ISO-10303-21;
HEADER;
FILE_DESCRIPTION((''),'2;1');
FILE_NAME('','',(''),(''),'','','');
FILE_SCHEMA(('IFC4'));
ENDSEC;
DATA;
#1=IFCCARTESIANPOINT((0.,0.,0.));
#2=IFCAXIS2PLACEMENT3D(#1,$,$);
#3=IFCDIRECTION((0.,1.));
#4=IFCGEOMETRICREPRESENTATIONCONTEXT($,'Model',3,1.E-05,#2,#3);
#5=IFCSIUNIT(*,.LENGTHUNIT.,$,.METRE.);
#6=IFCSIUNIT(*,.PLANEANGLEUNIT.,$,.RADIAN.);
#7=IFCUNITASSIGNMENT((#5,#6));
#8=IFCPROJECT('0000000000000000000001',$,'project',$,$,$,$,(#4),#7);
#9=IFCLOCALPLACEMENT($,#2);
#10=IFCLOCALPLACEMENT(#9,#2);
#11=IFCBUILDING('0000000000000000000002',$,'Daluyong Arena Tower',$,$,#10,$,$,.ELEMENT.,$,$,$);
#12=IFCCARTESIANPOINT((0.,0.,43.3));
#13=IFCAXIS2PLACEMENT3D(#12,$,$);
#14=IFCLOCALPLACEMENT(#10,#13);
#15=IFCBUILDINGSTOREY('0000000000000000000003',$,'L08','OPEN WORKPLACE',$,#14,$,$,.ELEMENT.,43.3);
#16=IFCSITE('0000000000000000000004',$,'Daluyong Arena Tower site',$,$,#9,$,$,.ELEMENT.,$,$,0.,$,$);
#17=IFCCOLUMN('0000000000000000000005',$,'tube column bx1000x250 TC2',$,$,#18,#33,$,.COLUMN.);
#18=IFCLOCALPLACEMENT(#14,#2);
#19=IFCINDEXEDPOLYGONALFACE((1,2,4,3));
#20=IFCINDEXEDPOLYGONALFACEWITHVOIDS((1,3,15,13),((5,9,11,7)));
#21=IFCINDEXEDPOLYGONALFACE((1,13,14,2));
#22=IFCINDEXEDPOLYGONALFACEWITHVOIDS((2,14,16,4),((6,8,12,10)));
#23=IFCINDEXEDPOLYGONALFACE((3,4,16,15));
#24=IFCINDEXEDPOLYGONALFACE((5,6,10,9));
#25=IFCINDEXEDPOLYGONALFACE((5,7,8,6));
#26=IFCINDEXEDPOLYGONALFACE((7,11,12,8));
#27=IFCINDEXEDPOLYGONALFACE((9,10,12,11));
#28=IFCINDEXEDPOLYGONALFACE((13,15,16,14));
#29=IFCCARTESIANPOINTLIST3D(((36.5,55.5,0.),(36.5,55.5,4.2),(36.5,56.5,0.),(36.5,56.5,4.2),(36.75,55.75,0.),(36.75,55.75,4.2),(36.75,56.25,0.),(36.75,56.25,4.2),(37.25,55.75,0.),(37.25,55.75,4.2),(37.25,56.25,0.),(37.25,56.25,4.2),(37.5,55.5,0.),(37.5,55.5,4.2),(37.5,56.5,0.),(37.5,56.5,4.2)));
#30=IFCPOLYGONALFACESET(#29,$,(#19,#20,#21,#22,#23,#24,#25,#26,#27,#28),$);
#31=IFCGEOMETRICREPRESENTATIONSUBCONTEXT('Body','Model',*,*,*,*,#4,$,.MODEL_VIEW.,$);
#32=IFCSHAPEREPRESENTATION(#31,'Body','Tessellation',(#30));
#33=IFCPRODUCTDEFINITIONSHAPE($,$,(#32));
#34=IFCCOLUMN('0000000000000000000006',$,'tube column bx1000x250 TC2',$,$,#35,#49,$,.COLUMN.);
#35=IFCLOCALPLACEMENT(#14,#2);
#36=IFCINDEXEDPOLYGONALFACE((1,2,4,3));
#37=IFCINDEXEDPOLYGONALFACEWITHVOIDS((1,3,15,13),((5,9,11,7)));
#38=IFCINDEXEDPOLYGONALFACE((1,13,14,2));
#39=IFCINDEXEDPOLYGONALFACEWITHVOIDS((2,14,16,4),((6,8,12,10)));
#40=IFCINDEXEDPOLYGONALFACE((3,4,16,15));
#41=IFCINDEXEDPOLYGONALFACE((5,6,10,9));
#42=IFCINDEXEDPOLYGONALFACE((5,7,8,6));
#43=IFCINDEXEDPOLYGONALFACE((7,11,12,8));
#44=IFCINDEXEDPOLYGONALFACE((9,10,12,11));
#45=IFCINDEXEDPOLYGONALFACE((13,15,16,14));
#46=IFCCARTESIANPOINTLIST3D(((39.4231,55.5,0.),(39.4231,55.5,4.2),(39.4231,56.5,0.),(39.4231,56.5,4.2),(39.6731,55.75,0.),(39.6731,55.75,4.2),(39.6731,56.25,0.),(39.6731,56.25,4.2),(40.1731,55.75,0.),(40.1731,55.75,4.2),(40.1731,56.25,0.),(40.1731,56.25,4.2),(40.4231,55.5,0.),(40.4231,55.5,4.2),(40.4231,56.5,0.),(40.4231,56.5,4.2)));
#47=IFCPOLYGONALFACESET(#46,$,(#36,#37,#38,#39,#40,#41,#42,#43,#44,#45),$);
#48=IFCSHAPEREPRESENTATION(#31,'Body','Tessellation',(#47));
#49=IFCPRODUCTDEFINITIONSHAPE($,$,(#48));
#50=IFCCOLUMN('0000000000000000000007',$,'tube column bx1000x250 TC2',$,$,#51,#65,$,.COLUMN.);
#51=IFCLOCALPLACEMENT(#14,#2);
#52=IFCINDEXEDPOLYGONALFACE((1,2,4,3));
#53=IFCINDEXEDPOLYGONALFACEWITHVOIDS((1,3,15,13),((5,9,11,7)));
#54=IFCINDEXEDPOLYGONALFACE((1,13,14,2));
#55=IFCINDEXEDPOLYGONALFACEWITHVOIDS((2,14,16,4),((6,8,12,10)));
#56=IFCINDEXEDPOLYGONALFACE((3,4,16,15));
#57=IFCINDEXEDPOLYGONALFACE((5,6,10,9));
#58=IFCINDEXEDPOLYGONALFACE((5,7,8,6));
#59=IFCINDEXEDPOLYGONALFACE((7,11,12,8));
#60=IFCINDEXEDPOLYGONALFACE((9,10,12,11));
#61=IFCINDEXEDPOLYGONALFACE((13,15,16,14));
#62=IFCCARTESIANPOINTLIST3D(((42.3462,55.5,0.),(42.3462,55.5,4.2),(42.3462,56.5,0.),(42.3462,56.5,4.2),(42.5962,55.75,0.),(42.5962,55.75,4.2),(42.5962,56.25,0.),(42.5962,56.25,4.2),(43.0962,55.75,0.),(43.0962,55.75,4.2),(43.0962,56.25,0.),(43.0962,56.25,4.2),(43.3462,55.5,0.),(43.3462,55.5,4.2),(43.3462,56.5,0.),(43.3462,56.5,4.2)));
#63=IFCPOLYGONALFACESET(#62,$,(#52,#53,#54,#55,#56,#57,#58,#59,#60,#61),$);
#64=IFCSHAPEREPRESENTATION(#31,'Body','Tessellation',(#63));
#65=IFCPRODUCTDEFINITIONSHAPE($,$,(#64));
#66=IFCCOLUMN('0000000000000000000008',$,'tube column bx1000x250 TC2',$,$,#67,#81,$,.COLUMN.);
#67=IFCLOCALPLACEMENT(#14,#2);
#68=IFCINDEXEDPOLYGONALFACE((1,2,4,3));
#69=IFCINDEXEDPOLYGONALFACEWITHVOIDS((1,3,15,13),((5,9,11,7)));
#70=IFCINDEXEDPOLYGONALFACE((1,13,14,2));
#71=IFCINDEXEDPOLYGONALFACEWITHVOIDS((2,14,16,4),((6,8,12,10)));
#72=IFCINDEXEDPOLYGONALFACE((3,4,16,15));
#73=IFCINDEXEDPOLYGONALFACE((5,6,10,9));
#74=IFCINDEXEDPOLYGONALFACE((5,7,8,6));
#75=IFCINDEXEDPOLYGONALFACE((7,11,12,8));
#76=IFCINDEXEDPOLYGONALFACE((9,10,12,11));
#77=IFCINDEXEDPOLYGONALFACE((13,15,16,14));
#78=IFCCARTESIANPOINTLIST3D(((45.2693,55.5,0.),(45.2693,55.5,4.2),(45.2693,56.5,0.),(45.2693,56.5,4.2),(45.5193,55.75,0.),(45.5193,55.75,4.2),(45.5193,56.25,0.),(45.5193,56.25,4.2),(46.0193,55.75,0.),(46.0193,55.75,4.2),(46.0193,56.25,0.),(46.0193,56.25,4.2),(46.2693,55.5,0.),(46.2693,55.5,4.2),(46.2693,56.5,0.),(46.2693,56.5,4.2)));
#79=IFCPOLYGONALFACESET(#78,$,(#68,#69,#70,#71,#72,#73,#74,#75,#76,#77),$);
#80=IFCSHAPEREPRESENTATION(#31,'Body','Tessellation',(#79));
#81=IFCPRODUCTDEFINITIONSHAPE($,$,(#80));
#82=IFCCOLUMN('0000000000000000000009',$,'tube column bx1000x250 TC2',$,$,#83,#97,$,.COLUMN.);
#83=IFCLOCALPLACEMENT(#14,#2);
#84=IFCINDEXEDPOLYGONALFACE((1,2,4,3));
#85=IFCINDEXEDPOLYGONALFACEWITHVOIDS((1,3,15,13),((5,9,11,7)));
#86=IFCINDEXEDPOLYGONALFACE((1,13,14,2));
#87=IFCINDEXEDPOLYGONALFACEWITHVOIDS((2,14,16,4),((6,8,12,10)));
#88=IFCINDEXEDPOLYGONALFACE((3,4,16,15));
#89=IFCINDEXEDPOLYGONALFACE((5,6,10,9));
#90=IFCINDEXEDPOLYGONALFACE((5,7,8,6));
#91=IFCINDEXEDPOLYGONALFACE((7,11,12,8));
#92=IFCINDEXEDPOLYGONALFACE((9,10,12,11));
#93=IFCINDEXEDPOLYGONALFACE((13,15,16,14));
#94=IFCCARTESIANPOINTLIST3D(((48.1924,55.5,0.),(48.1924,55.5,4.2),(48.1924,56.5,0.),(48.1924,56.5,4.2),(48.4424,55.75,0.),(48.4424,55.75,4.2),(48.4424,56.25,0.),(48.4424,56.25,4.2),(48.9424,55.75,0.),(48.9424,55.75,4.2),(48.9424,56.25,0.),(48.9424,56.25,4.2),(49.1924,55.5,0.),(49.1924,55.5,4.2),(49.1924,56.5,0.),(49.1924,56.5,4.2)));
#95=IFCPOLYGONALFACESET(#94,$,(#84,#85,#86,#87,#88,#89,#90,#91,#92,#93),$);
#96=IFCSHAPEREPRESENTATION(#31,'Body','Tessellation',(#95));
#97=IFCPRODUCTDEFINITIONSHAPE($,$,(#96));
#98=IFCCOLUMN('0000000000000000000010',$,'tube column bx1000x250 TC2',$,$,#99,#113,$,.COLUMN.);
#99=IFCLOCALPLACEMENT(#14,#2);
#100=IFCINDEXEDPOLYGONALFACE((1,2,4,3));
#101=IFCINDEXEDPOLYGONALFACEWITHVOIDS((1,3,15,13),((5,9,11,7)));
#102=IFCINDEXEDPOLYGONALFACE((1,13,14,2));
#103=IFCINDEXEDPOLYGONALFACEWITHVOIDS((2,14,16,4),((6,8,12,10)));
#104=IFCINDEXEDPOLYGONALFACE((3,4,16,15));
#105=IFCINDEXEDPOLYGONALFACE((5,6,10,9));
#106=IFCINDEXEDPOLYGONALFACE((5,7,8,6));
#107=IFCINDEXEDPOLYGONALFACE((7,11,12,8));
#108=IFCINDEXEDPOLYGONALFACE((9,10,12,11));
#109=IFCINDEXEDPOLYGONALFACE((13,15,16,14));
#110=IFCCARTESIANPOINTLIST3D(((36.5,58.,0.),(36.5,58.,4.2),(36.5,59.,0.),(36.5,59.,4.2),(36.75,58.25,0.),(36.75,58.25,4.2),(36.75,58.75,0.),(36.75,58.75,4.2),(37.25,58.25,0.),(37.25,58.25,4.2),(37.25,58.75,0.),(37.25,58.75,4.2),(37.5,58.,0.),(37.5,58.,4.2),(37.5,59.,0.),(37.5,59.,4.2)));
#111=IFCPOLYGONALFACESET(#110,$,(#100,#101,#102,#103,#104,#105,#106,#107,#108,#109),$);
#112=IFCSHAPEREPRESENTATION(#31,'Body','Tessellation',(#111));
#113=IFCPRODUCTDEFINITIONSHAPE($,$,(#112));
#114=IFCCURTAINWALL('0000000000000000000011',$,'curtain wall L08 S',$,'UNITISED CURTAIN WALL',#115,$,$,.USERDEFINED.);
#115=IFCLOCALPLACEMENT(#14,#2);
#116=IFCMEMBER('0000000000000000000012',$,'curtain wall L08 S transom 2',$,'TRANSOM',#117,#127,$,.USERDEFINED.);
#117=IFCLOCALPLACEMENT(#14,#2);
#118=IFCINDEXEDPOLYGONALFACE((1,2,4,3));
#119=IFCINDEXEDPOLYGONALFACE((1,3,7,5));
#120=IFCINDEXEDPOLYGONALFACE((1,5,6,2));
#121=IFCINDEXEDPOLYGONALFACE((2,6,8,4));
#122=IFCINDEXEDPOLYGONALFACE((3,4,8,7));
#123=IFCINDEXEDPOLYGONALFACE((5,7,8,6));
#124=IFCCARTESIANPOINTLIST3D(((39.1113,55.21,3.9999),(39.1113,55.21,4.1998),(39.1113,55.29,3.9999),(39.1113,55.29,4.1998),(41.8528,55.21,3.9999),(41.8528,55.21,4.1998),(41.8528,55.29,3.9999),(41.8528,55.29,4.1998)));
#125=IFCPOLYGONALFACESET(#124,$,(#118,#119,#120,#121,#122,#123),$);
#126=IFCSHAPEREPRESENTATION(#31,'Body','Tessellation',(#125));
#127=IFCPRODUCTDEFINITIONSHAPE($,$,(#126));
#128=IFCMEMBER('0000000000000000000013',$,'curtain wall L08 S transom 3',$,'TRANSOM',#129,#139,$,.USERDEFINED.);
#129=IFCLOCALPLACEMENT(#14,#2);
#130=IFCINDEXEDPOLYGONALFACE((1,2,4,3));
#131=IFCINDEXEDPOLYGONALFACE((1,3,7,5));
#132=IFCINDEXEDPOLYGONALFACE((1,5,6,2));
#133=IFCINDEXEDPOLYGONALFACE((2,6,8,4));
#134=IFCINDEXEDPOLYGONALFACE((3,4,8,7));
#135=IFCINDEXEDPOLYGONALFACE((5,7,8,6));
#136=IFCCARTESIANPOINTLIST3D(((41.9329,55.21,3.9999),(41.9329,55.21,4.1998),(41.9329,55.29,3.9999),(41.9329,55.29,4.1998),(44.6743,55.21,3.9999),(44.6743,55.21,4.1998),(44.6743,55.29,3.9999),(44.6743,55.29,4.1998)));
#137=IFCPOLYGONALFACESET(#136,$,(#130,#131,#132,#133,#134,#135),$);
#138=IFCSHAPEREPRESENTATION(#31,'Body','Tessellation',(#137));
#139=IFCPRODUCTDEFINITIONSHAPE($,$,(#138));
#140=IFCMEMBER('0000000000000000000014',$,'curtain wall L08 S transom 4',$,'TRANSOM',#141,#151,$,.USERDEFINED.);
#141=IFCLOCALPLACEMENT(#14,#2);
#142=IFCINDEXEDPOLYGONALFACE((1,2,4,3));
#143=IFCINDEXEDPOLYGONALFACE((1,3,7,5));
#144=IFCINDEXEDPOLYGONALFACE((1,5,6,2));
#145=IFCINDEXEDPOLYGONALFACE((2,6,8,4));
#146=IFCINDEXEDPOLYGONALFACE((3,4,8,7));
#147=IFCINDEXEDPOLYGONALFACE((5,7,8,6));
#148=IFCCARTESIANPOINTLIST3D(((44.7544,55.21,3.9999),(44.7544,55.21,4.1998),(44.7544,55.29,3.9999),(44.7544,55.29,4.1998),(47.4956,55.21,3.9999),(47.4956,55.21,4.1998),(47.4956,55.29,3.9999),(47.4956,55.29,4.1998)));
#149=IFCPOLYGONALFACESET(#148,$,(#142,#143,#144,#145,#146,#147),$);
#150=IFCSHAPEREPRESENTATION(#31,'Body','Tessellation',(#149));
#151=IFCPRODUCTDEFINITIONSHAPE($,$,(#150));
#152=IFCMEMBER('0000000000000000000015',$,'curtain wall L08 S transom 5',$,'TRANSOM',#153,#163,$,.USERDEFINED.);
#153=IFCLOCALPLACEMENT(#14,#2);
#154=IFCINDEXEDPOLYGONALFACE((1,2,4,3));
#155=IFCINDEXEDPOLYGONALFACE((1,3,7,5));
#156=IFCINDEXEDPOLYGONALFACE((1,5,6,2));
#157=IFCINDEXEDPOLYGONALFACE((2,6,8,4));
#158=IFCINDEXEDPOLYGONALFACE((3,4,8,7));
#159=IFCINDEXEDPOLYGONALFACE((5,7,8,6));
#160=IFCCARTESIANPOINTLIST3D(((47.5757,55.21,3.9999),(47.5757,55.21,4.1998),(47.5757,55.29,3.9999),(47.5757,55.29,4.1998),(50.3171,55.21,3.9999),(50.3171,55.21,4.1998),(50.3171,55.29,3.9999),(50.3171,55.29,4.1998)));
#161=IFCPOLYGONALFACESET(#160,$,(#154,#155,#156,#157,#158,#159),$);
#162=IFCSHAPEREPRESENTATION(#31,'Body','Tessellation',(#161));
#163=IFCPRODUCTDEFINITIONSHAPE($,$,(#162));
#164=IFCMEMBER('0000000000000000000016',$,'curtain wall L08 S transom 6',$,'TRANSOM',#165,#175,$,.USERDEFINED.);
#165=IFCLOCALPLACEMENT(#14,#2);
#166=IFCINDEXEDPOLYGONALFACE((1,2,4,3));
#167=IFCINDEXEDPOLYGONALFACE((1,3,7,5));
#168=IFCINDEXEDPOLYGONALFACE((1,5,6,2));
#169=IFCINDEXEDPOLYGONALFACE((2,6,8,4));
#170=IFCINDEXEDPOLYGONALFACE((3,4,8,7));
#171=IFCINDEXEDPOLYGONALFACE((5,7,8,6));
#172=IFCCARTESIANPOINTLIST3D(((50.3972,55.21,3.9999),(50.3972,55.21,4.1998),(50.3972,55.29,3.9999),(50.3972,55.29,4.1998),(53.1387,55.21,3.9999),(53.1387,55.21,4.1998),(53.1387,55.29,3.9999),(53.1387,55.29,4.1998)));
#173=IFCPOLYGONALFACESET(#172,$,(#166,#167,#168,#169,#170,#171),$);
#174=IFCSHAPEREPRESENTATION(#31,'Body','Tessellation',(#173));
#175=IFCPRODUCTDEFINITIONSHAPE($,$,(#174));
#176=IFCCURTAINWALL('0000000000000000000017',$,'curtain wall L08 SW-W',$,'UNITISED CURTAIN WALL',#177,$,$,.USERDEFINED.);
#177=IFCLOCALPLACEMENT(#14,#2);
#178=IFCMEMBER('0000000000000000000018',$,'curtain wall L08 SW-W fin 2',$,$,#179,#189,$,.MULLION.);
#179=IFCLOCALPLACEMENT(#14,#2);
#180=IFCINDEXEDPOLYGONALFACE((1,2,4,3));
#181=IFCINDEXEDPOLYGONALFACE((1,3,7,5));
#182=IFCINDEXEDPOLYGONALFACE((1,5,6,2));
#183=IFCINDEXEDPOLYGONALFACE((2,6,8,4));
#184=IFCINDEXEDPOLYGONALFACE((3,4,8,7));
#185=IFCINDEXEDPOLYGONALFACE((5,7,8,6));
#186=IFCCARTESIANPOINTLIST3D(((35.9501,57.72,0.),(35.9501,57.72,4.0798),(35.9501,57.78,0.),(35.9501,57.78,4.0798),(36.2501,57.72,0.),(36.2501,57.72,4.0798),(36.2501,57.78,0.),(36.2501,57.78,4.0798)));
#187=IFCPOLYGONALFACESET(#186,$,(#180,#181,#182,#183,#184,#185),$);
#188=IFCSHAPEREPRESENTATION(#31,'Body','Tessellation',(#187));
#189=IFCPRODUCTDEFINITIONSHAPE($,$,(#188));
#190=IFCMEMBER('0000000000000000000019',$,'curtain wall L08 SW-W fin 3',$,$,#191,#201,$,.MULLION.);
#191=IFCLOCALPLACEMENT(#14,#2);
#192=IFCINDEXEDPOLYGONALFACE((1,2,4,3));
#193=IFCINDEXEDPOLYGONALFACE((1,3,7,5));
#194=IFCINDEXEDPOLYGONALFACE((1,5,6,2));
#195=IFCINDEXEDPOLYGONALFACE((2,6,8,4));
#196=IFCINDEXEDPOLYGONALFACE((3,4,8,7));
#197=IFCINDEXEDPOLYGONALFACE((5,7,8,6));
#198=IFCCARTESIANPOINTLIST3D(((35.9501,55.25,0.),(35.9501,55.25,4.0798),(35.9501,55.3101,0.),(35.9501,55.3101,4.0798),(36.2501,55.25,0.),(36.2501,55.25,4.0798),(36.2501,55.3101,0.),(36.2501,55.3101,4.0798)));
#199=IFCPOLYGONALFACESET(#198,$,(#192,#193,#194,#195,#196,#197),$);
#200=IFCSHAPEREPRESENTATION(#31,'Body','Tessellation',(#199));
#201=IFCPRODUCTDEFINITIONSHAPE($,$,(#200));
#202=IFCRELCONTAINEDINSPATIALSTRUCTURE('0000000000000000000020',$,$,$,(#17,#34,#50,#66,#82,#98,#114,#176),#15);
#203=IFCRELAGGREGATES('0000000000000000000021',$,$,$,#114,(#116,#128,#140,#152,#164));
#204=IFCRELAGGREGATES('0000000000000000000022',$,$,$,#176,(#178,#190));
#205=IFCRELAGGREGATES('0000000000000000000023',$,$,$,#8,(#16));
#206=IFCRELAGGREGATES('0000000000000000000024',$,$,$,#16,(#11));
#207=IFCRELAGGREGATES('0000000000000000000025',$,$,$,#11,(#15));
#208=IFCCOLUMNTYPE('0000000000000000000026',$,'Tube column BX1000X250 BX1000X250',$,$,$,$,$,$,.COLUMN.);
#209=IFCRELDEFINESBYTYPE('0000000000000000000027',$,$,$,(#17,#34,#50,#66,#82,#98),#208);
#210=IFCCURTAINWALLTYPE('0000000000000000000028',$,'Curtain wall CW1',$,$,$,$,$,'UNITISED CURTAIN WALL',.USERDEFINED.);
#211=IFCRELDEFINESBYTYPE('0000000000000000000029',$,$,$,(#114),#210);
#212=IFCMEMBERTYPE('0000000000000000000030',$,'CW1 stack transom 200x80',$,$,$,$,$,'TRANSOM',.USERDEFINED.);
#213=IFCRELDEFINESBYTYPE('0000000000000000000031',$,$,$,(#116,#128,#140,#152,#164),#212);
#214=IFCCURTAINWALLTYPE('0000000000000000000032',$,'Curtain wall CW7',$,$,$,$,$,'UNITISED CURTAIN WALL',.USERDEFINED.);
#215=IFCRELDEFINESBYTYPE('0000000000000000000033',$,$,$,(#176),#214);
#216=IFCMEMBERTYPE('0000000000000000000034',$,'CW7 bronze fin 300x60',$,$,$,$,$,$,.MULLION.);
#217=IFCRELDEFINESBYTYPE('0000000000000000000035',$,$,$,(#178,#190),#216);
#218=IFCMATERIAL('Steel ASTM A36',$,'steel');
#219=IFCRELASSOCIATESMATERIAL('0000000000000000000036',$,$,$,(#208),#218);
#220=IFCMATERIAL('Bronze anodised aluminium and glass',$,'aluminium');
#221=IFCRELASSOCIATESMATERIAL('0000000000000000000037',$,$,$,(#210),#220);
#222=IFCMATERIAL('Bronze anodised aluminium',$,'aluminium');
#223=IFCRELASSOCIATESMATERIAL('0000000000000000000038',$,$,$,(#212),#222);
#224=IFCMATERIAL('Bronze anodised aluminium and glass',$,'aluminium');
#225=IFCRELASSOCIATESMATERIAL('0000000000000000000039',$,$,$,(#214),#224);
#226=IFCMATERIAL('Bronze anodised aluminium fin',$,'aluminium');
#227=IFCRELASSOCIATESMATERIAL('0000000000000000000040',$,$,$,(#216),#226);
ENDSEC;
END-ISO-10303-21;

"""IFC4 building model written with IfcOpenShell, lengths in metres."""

from ifc_helpers import new_model, si_unit, direction, frame, origin, origin_2d, place, context, subcontext, project, spatial, rectangle, hollow_rectangle, extrude, material, material_profile, profile_set, type_object, element, aggregate, save


model = new_model("IFC4")

# Units and contexts
model_context = context("Model", 3, precision=1e-05, world=origin(), true_north=direction((0.0, 1.0)))
body_context = subcontext(model_context, "Body", "Model", "MODEL_VIEW")
ifc_project = project(units=[si_unit("LENGTHUNIT", "METRE"), si_unit("PLANEANGLEUNIT", "RADIAN")], contexts=[model_context])

# Site, building, storey
site_placement = place(None, origin())
site = spatial("IfcSite", under=ifc_project, at=site_placement, Name="Daluyong Arena Tower site", CompositionType="ELEMENT", RefElevation=0.0)
building_placement = place(site_placement, origin())
building = spatial("IfcBuilding", under=site, at=building_placement, Name="Daluyong Arena Tower", CompositionType="ELEMENT")
storey_placement = place(building_placement, frame((0.0, 0.0, 43.3)))
storey = spatial("IfcBuildingStorey", under=building, at=storey_placement, Name="L08", Description="OPEN WORKPLACE", CompositionType="ELEMENT", Elevation=43.3)

# Columns
ifc_material_1 = material(Name="Steel ASTM A36", Category="steel")
ifc_material_profile_1 = material_profile(ifc_material_1, hollow_rectangle(XDim=1.0, YDim=1.0, WallThickness=0.25, at=origin_2d()))
ifc_profile_set_1 = profile_set([ifc_material_profile_1], Name="Steel ASTM A36")
column_type = type_object("IfcColumnType", Name="Tube column BX1000X250 BX1000X250", PredefinedType="COLUMN", material=ifc_profile_set_1)
for number, where, z_axis, x_axis, name in (
    (1, (37.0, 56.0, 0.0), (0.0, 0.0, 1.0), (1.0, 0.0, 0.0), "tube column bx1000x250 TC2"),
    (2, (39.9231, 56.0, 0.0), (0.0, 0.0, 1.0), (1.0, 0.0, 0.0), "tube column bx1000x250 TC2"),
    (3, (42.8462, 56.0, 0.0), (0.0, 0.0, 1.0), (1.0, 0.0, 0.0), "tube column bx1000x250 TC2"),
    (4, (45.7693, 56.0, 0.0), (0.0, 0.0, 1.0), (1.0, 0.0, 0.0), "tube column bx1000x250 TC2"),
    (5, (48.6924, 56.0, 0.0), (0.0, 0.0, 1.0), (1.0, 0.0, 0.0), "tube column bx1000x250 TC2"),
    (6, (37.0, 58.5, 0.0), (0.0, 0.0, 1.0), (0.0, 1.0, 0.0), "tube column bx1000x250 TC2"),
):
    element("IfcColumn", number, at=place(storey_placement, frame(where, z_axis=z_axis, x_axis=x_axis)), inside=storey, type_object=column_type, Name=name, PredefinedType="COLUMN", context=body_context, shape_type="SweptSolid", body=[
        extrude(hollow_rectangle(XDim=1.0, YDim=1.0, WallThickness=0.25, at=origin_2d()), origin(), (0.0, 0.0, 1.0), 4.2),
    ])

# Curtain walls, members
ifc_material_2 = material(Name="Bronze anodised aluminium and glass", Category="aluminium")
curtain_wall_type_1 = type_object("IfcCurtainWallType", Name="Curtain wall CW1", ElementType="UNITISED CURTAIN WALL", PredefinedType="USERDEFINED", material=ifc_material_2)
curtain_wall_1_placement = place(storey_placement, origin())
curtain_wall_1 = element("IfcCurtainWall", 7, at=curtain_wall_1_placement, inside=storey, type_object=curtain_wall_type_1, Name="curtain wall L08 S", ObjectType="UNITISED CURTAIN WALL", PredefinedType="USERDEFINED")
ifc_material_3 = material(Name="Bronze anodised aluminium", Category="aluminium")
ifc_material_profile_2 = material_profile(ifc_material_3, rectangle(XDim=0.0801, YDim=0.2, at=origin_2d()))
ifc_profile_set_2 = profile_set([ifc_material_profile_2], Name="Bronze anodised aluminium")
member_type_1 = type_object("IfcMemberType", Name="CW1 stack transom 200x80", ElementType="TRANSOM", PredefinedType="USERDEFINED", material=ifc_profile_set_2)
member_1_placement = place(storey_placement, frame((39.1113, 55.25, 4.0999), z_axis=(1.0, 0.0, 0.0), x_axis=(0.0, 1.0, 0.0)))
member_1 = element("IfcMember", 8, at=member_1_placement, type_object=member_type_1, Name="curtain wall L08 S transom 2", ObjectType="TRANSOM", PredefinedType="USERDEFINED", context=body_context, shape_type="SweptSolid", body=[
    extrude(rectangle(XDim=0.0801, YDim=0.2, at=origin_2d()), origin(), (0.0, 0.0, 1.0), 2.7415),
])
member_2_placement = place(storey_placement, frame((41.9329, 55.25, 4.0999), z_axis=(1.0, 0.0, 0.0), x_axis=(0.0, 1.0, 0.0)))
member_2 = element("IfcMember", 9, at=member_2_placement, type_object=member_type_1, Name="curtain wall L08 S transom 3", ObjectType="TRANSOM", PredefinedType="USERDEFINED", context=body_context, shape_type="SweptSolid", body=[
    extrude(rectangle(XDim=0.0801, YDim=0.2, at=origin_2d()), origin(), (0.0, 0.0, 1.0), 2.7415),
])
member_3_placement = place(storey_placement, frame((44.7544, 55.25, 4.0999), z_axis=(1.0, 0.0, 0.0), x_axis=(0.0, 1.0, 0.0)))
member_3 = element("IfcMember", 10, at=member_3_placement, type_object=member_type_1, Name="curtain wall L08 S transom 4", ObjectType="TRANSOM", PredefinedType="USERDEFINED", context=body_context, shape_type="SweptSolid", body=[
    extrude(rectangle(XDim=0.0801, YDim=0.2, at=origin_2d()), origin(), (0.0, 0.0, 1.0), 2.7412),
])
member_4_placement = place(storey_placement, frame((47.5757, 55.25, 4.0999), z_axis=(1.0, 0.0, 0.0), x_axis=(0.0, 1.0, 0.0)))
member_4 = element("IfcMember", 11, at=member_4_placement, type_object=member_type_1, Name="curtain wall L08 S transom 5", ObjectType="TRANSOM", PredefinedType="USERDEFINED", context=body_context, shape_type="SweptSolid", body=[
    extrude(rectangle(XDim=0.0801, YDim=0.2, at=origin_2d()), origin(), (0.0, 0.0, 1.0), 2.7415),
])
member_5_placement = place(storey_placement, frame((50.3972, 55.25, 4.0999), z_axis=(1.0, 0.0, 0.0), x_axis=(0.0, 1.0, 0.0)))
member_5 = element("IfcMember", 12, at=member_5_placement, type_object=member_type_1, Name="curtain wall L08 S transom 6", ObjectType="TRANSOM", PredefinedType="USERDEFINED", context=body_context, shape_type="SweptSolid", body=[
    extrude(rectangle(XDim=0.0801, YDim=0.2, at=origin_2d()), origin(), (0.0, 0.0, 1.0), 2.7415),
])
ifc_material_4 = material(Name="Bronze anodised aluminium and glass", Category="aluminium")
curtain_wall_type_2 = type_object("IfcCurtainWallType", Name="Curtain wall CW7", ElementType="UNITISED CURTAIN WALL", PredefinedType="USERDEFINED", material=ifc_material_4)
curtain_wall_2_placement = place(storey_placement, origin())
curtain_wall_2 = element("IfcCurtainWall", 13, at=curtain_wall_2_placement, inside=storey, type_object=curtain_wall_type_2, Name="curtain wall L08 SW-W", ObjectType="UNITISED CURTAIN WALL", PredefinedType="USERDEFINED")
ifc_material_5 = material(Name="Bronze anodised aluminium fin", Category="aluminium")
ifc_material_profile_3 = material_profile(ifc_material_5, rectangle(XDim=0.3, YDim=0.0601, at=origin_2d()))
ifc_profile_set_3 = profile_set([ifc_material_profile_3], Name="Bronze anodised aluminium fin")
member_type_2 = type_object("IfcMemberType", Name="CW7 bronze fin 300x60", PredefinedType="MULLION", material=ifc_profile_set_3)
member_6_placement = place(storey_placement, frame((36.1001, 57.75, 0.0), z_axis=(0.0, 0.0, 1.0), x_axis=(1.0, 0.0, 0.0)))
member_6 = element("IfcMember", 14, at=member_6_placement, type_object=member_type_2, Name="curtain wall L08 SW-W fin 2", PredefinedType="MULLION", context=body_context, shape_type="SweptSolid", body=[
    extrude(rectangle(XDim=0.3, YDim=0.0601, at=origin_2d()), origin(), (0.0, 0.0, 1.0), 4.0798),
])
member_7_placement = place(storey_placement, frame((36.1001, 55.28, 0.0), z_axis=(0.0, 0.0, 1.0), x_axis=(1.0, 0.0, 0.0)))
member_7 = element("IfcMember", 15, at=member_7_placement, type_object=member_type_2, Name="curtain wall L08 SW-W fin 3", PredefinedType="MULLION", context=body_context, shape_type="SweptSolid", body=[
    extrude(rectangle(XDim=0.3, YDim=0.0601, at=origin_2d()), origin(), (0.0, 0.0, 1.0), 4.0798),
])

aggregate(curtain_wall_1, [member_1, member_2, member_3, member_4, member_5])
aggregate(curtain_wall_2, [member_6, member_7])

save(model, "model.ifc")
